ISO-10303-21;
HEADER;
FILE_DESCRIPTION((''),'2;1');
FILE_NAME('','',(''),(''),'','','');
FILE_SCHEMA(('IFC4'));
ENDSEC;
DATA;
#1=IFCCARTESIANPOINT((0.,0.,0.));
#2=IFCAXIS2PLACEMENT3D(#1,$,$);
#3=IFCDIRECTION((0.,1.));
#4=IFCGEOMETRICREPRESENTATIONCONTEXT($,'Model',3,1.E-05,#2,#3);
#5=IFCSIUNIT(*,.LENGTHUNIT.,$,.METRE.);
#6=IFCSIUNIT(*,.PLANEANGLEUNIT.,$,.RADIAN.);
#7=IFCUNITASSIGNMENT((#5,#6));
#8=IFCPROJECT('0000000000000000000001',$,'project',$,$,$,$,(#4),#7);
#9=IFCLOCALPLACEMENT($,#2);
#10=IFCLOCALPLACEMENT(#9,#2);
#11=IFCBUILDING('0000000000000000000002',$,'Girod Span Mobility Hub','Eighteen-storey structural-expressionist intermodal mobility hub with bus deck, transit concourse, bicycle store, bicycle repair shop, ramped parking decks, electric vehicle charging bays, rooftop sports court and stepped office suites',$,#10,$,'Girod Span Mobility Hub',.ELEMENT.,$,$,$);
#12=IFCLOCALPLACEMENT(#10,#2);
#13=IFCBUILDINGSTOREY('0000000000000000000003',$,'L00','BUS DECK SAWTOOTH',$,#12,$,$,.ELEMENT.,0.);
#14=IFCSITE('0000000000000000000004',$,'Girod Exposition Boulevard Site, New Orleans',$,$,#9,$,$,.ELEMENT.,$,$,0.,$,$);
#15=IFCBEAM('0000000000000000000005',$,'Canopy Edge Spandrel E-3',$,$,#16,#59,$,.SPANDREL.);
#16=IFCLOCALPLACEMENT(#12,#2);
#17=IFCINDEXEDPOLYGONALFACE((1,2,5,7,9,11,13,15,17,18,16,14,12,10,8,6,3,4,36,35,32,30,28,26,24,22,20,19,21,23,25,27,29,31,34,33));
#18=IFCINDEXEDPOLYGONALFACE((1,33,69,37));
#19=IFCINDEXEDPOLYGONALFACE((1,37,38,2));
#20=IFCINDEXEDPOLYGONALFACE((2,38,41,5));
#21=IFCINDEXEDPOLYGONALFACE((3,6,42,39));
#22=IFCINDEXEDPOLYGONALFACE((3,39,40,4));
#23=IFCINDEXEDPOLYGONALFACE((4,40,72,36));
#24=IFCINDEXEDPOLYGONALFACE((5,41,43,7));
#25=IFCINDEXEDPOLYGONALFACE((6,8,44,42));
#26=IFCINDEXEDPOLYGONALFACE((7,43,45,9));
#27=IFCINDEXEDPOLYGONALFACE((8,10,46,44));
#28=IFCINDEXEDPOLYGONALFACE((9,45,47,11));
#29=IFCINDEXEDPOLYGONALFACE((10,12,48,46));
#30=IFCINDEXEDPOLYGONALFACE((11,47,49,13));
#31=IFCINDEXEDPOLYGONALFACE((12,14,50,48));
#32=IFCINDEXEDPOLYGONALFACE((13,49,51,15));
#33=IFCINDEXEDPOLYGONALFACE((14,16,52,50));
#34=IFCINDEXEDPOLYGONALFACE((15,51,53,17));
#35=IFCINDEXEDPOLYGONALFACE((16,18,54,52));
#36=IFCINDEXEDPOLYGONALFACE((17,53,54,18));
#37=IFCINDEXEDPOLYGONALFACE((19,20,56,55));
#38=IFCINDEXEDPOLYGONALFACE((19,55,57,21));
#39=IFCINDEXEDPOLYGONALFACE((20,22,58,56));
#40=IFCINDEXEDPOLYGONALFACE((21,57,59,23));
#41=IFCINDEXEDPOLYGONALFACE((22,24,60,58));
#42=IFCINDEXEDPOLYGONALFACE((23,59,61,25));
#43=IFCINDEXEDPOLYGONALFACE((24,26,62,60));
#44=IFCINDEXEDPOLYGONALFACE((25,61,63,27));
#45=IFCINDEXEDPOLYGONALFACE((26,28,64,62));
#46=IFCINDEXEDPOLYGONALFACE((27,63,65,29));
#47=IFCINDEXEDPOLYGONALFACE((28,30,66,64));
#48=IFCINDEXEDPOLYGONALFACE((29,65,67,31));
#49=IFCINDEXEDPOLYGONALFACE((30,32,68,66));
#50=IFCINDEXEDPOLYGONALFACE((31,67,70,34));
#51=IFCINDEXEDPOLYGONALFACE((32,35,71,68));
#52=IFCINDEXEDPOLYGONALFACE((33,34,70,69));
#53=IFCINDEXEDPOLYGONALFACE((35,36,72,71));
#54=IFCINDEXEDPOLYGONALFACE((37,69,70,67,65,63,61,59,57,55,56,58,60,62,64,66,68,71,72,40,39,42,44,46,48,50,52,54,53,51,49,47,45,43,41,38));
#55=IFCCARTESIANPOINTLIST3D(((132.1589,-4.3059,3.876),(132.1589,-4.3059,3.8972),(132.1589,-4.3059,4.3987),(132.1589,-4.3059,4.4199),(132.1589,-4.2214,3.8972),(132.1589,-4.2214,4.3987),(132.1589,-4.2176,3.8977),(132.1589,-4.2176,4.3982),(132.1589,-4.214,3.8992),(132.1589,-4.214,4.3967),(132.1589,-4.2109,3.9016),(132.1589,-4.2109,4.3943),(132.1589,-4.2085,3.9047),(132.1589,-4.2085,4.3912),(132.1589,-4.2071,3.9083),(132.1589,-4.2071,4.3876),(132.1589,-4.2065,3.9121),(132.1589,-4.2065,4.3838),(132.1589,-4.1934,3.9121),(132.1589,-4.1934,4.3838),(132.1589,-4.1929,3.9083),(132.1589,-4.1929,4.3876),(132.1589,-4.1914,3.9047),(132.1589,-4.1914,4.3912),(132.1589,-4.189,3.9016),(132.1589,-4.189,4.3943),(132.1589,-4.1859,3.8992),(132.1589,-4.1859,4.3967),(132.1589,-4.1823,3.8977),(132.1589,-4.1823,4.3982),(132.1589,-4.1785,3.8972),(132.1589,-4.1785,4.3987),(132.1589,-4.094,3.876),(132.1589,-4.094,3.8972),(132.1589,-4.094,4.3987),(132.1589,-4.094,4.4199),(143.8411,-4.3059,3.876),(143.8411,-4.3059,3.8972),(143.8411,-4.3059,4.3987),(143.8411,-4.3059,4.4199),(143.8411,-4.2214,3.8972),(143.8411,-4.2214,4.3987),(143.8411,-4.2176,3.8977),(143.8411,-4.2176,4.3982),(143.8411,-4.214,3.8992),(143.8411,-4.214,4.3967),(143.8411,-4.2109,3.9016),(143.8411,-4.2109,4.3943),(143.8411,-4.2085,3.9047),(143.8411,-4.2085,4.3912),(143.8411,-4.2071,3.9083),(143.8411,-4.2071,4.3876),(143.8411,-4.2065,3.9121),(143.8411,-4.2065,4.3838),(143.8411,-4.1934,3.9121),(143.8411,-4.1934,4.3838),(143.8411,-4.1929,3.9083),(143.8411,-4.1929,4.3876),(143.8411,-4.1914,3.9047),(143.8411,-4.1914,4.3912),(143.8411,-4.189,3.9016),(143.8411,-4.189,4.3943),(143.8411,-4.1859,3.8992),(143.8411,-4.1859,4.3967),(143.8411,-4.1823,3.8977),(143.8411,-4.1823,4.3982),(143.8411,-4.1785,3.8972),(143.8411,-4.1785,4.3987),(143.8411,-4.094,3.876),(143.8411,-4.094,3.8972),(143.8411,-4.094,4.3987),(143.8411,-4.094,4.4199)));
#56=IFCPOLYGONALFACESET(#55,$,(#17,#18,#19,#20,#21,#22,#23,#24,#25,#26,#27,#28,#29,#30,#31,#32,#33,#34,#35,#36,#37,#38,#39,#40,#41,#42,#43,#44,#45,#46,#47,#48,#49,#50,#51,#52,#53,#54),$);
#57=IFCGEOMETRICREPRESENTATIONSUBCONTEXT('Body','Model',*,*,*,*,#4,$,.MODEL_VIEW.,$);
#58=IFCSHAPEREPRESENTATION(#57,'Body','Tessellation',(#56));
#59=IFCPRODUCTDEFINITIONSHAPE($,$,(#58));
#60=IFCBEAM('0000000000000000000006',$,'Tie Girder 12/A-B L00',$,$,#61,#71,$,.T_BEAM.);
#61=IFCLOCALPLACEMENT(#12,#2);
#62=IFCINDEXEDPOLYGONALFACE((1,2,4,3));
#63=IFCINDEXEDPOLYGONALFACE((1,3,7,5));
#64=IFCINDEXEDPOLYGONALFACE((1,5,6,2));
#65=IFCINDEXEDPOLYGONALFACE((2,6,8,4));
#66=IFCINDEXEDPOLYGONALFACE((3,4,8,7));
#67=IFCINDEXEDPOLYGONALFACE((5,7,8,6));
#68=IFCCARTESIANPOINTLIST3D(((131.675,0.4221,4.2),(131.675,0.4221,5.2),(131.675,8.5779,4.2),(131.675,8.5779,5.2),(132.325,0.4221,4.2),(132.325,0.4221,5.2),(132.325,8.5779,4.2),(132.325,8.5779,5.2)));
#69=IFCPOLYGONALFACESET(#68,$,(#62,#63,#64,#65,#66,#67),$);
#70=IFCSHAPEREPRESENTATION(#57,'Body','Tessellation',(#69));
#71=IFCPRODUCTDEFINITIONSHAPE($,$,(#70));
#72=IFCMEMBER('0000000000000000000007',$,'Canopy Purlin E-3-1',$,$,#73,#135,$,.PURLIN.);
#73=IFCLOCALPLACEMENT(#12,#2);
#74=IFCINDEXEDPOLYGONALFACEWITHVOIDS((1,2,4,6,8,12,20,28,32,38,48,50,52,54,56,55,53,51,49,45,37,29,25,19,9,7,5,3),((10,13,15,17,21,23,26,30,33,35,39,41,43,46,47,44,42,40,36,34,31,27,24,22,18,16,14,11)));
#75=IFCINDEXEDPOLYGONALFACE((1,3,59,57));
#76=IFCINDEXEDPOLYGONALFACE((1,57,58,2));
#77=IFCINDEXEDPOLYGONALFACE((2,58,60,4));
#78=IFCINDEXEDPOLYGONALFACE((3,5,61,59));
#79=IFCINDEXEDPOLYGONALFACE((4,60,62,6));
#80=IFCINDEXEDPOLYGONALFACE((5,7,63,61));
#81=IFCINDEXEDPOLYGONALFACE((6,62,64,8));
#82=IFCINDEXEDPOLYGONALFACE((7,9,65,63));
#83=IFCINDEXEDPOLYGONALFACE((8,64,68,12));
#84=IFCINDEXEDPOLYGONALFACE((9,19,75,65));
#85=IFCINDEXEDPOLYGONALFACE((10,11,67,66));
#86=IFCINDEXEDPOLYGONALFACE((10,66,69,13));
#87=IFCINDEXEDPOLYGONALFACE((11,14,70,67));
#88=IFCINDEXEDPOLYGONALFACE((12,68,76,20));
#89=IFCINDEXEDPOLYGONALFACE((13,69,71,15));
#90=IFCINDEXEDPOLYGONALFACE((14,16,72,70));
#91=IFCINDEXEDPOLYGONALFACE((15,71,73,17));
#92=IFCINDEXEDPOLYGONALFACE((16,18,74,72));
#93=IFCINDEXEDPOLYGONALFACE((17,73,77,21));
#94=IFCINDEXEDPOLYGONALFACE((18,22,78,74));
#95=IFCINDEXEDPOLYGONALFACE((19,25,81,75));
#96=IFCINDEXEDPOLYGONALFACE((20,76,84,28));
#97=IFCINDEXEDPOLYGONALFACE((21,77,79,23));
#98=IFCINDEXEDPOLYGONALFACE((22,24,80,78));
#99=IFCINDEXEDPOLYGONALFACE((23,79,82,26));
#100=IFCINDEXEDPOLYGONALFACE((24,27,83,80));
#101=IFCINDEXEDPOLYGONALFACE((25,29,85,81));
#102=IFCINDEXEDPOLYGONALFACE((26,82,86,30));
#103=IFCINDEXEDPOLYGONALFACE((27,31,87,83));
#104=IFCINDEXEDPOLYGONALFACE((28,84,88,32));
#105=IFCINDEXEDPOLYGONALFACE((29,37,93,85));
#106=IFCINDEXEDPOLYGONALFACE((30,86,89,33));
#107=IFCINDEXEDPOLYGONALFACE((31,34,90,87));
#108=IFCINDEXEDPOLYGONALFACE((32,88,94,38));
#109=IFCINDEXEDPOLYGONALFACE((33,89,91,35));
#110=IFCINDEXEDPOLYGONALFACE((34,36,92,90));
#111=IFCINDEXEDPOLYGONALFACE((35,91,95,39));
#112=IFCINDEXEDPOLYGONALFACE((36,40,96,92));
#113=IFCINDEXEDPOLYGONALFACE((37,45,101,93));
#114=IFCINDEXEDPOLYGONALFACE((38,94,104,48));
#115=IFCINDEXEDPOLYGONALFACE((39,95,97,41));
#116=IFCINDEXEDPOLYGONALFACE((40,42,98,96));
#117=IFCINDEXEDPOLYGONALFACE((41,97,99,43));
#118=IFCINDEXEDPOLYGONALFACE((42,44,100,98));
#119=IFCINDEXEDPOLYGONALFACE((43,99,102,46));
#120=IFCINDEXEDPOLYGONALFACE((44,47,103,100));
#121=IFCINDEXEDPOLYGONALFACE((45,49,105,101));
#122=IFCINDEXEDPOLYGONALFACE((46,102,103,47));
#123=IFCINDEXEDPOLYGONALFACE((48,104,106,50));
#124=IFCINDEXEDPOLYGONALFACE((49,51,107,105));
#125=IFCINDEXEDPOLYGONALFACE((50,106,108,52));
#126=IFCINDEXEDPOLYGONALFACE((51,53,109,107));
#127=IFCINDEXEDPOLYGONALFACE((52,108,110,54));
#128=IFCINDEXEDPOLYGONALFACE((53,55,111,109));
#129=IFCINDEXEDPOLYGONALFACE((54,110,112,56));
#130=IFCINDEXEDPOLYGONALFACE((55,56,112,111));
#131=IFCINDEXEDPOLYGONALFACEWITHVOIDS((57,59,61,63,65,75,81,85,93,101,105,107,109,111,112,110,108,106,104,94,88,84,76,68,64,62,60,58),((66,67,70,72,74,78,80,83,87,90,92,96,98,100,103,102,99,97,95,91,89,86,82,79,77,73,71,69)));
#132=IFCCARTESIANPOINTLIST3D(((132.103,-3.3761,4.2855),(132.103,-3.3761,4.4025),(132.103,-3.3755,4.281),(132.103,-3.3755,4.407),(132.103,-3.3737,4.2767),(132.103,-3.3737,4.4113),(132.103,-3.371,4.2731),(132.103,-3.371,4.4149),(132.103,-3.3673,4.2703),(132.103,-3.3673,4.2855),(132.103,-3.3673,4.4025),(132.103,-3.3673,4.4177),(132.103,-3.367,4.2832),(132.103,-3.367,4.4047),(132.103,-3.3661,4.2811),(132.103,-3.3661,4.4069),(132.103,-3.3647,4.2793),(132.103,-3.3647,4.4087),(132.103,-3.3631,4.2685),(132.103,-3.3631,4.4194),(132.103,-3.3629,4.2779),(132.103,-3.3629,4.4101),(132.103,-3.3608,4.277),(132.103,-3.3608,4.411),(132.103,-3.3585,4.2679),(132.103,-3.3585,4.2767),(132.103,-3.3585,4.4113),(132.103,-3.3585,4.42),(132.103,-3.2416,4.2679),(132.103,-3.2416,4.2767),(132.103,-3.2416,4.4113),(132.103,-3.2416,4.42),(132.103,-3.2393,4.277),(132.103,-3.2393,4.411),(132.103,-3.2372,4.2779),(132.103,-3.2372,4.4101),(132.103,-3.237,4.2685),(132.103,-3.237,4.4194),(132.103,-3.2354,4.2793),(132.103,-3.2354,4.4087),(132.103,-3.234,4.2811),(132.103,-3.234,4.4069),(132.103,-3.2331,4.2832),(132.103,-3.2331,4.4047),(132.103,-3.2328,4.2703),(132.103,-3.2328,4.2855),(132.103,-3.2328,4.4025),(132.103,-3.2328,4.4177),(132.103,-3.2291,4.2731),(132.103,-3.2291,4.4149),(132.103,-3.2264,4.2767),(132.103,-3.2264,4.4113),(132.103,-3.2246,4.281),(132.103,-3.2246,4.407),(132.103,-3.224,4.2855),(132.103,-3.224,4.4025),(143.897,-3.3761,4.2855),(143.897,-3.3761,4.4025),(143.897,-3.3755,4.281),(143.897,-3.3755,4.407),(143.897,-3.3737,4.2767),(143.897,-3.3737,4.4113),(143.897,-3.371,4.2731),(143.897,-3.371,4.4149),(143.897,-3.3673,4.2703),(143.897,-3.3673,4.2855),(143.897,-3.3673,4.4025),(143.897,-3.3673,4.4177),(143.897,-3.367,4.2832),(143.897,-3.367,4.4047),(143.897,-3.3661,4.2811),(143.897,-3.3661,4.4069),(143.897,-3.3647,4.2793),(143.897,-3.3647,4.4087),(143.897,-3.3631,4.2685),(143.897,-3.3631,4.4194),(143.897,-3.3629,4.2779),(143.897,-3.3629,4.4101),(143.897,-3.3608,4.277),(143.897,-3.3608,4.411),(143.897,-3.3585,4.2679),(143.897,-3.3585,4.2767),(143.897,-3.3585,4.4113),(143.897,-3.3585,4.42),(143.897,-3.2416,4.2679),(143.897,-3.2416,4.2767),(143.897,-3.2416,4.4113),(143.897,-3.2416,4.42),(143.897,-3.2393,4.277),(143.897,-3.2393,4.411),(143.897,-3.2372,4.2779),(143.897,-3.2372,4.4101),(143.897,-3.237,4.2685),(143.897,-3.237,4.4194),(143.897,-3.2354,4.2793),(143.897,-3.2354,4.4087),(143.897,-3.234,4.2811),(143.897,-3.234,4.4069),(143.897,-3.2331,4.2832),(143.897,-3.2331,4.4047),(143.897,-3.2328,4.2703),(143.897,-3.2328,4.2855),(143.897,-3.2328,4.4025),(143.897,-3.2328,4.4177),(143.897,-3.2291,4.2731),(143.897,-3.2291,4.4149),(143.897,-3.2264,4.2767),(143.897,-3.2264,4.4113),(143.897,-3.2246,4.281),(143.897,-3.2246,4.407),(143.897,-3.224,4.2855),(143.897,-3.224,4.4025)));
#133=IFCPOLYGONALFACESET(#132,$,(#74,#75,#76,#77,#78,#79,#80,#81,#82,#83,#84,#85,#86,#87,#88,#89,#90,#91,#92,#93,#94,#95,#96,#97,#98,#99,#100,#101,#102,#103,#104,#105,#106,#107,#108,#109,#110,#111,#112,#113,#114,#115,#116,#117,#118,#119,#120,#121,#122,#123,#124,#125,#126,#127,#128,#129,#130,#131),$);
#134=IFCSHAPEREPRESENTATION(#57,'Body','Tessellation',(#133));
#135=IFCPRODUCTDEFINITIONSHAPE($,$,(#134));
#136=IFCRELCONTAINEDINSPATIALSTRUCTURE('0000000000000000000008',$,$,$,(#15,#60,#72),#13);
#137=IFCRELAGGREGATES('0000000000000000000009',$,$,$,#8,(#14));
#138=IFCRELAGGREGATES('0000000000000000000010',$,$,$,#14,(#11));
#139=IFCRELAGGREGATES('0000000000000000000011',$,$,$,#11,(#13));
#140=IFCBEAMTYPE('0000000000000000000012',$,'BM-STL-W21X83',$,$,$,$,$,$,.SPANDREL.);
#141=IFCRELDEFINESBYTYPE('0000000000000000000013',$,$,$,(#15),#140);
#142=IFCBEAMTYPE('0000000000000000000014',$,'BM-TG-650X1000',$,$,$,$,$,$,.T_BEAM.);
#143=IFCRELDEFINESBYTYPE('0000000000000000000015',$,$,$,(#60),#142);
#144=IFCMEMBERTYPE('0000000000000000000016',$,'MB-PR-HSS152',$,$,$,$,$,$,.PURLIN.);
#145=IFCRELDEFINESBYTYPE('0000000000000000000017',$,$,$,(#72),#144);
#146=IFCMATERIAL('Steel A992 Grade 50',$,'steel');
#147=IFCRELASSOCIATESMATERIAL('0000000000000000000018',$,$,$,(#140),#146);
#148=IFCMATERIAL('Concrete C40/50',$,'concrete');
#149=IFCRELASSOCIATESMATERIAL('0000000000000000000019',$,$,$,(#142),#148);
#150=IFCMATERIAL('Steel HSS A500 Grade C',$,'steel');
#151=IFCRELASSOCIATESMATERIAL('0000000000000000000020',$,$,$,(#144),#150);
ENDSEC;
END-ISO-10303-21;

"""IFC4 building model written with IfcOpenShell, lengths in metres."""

from ifc_helpers import new_model, si_unit, direction, frame, origin, origin_2d, place, context, subcontext, project, spatial, rectangle, hollow_rectangle, i_section, extrude, material, material_profile, profile_set, type_object, element, save


model = new_model("IFC4")

# Units and contexts
model_context = context("Model", 3, precision=1e-05, world=origin(), true_north=direction((0.0, 1.0)))
body_context = subcontext(model_context, "Body", "Model", "MODEL_VIEW")
ifc_project = project(units=[si_unit("LENGTHUNIT", "METRE"), si_unit("PLANEANGLEUNIT", "RADIAN")], contexts=[model_context])

# Site, building, storey
site_placement = place(None, origin())
site = spatial("IfcSite", under=ifc_project, at=site_placement, Name="Girod Exposition Boulevard Site, New Orleans", CompositionType="ELEMENT", RefElevation=0.0)
building_placement = place(site_placement, origin())
building = spatial("IfcBuilding", under=site, at=building_placement, Name="Girod Span Mobility Hub", Description="Eighteen-storey structural-expressionist intermodal mobility hub with bus deck, transit concourse, bicycle store, bicycle repair shop, ramped parking decks, electric vehicle charging bays, rooftop sports court and stepped office suites", LongName="Girod Span Mobility Hub", CompositionType="ELEMENT")
storey_placement = place(building_placement, origin())
storey = spatial("IfcBuildingStorey", under=building, at=storey_placement, Name="L00", Description="BUS DECK SAWTOOTH", CompositionType="ELEMENT", Elevation=0.0)

# Beams
ifc_material_1 = material(Name="Steel A992 Grade 50", Category="steel")
ifc_material_profile_1 = material_profile(ifc_material_1, i_section(OverallWidth=0.2119, OverallDepth=0.5439, WebThickness=0.0132, FlangeThickness=0.0212, FilletRadius=0.0149, at=origin_2d()), Name="W21X83")
ifc_profile_set_1 = profile_set([ifc_material_profile_1], Name="Steel A992 Grade 50")
beam_type_1 = type_object("IfcBeamType", Name="BM-STL-W21X83", PredefinedType="SPANDREL", material=ifc_profile_set_1)
beam_1_placement = place(storey_placement, frame((132.1589, -4.2, 4.1479), z_axis=(1.0, 0.0, 0.0), x_axis=(0.0, 1.0, 0.0)))
element("IfcBeam", 1, at=beam_1_placement, inside=storey, type_object=beam_type_1, Name="Canopy Edge Spandrel E-3", PredefinedType="SPANDREL", context=body_context, shape_type="SweptSolid", body=[
    extrude(i_section(OverallWidth=0.2119, OverallDepth=0.5439, WebThickness=0.0132, FlangeThickness=0.0212, FilletRadius=0.0149, at=origin_2d()), origin(), (0.0, 0.0, 1.0), 11.6821),
])
ifc_material_2 = material(Name="Concrete C40/50", Category="concrete")
ifc_material_profile_2 = material_profile(ifc_material_2, rectangle(XDim=0.6499, YDim=1.0, at=origin_2d()), Name="TG-650X1000")
ifc_profile_set_2 = profile_set([ifc_material_profile_2], Name="Concrete C40/50")
beam_type_2 = type_object("IfcBeamType", Name="BM-TG-650X1000", PredefinedType="T_BEAM", material=ifc_profile_set_2)
beam_2_placement = place(storey_placement, frame((132.0, 0.4221, 4.7), z_axis=(0.0, 1.0, 0.0), x_axis=(-1.0, 0.0, 0.0)))
element("IfcBeam", 2, at=beam_2_placement, inside=storey, type_object=beam_type_2, Name="Tie Girder 12/A-B L00", PredefinedType="T_BEAM", context=body_context, shape_type="SweptSolid", body=[
    extrude(rectangle(XDim=0.6499, YDim=1.0, at=origin_2d()), origin(), (0.0, 0.0, 1.0), 8.1558),
])

# Member
ifc_material_3 = material(Name="Steel HSS A500 Grade C", Category="steel")
ifc_material_profile_3 = material_profile(ifc_material_3, hollow_rectangle(XDim=0.1521, YDim=0.1521, WallThickness=0.0088, InnerFilletRadius=0.0088, OuterFilletRadius=0.0176, at=origin_2d()), Name="HSS152X152X9.5")
ifc_profile_set_3 = profile_set([ifc_material_profile_3], Name="Steel HSS A500 Grade C")
member_type_1 = type_object("IfcMemberType", Name="MB-PR-HSS152", PredefinedType="PURLIN", material=ifc_profile_set_3)
for number, where, z_axis, x_axis, name in (
    (3, (132.103, -3.3, 4.344), (1.0, 0.0, 0.0), (0.0, 1.0, 0.0), "Canopy Purlin E-3-1"),
):
    element("IfcMember", number, at=place(storey_placement, frame(where, z_axis=z_axis, x_axis=x_axis)), inside=storey, type_object=member_type_1, Name=name, PredefinedType="PURLIN", context=body_context, shape_type="SweptSolid", body=[
        extrude(hollow_rectangle(XDim=0.1521, YDim=0.1521, WallThickness=0.0088, InnerFilletRadius=0.0088, OuterFilletRadius=0.0176, at=origin_2d()), origin(), (0.0, 0.0, 1.0), 11.7939),
    ])

save(model, "model.ifc")
